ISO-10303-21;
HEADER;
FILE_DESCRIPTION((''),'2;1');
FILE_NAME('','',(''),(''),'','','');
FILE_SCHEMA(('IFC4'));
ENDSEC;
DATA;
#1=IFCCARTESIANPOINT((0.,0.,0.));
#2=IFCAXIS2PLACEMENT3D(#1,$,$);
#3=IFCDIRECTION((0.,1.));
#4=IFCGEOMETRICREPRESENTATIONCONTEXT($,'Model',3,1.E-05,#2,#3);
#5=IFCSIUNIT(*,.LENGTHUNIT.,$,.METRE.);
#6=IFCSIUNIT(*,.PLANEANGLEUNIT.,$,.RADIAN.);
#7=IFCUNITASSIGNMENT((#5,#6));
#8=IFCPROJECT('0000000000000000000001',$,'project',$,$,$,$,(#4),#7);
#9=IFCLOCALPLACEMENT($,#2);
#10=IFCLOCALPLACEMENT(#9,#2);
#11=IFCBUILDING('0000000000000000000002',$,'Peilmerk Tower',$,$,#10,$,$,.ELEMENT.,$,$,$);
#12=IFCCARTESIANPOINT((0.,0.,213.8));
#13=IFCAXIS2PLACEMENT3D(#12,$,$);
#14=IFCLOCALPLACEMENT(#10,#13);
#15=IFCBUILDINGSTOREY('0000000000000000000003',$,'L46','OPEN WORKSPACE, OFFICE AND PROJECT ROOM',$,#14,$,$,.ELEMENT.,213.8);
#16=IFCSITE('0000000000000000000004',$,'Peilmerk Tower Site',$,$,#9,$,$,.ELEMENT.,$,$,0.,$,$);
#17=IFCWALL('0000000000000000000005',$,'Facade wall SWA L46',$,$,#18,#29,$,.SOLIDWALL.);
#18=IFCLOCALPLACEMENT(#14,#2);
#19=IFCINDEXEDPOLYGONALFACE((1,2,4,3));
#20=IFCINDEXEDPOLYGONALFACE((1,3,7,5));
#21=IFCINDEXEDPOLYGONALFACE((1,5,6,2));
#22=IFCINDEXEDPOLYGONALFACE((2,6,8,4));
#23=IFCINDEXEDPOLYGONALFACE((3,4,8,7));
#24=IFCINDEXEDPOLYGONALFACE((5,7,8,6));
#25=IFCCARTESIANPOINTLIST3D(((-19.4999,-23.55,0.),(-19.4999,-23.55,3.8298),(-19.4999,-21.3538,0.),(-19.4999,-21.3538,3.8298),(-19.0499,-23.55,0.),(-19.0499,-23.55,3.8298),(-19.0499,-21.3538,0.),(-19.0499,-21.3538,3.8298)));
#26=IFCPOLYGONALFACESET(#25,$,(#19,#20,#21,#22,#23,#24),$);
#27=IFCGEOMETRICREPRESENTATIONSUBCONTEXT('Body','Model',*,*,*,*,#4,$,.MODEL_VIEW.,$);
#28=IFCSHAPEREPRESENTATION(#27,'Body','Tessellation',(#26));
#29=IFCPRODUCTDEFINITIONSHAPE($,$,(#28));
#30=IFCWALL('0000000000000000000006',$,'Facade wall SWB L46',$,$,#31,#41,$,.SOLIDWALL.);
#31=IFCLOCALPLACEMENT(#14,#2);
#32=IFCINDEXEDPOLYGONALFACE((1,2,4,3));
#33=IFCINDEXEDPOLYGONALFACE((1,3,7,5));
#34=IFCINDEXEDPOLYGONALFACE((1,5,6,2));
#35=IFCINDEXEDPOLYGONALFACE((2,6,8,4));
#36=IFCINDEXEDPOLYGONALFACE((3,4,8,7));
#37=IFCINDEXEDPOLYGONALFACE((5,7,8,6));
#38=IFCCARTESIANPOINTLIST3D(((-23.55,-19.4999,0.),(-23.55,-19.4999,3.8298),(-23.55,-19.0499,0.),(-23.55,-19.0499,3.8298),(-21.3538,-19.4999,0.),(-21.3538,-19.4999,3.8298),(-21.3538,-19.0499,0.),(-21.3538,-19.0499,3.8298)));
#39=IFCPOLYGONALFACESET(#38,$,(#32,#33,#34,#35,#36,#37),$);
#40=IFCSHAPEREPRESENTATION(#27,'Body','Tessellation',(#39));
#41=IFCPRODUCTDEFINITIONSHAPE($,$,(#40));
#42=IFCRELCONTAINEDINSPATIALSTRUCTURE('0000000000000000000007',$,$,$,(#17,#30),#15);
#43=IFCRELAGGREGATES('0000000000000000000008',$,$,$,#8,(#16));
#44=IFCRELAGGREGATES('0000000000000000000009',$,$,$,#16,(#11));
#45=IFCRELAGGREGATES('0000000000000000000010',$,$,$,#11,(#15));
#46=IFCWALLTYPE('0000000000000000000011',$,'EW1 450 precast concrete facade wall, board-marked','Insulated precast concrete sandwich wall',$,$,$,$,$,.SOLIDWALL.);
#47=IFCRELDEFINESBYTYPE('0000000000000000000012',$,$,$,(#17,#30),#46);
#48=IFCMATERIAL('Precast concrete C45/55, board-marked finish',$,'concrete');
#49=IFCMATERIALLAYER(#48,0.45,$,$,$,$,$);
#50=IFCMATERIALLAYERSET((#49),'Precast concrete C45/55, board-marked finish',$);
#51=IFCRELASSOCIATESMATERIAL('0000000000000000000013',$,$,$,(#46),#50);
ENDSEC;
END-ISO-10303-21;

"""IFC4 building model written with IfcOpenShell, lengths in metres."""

from ifc_helpers import new_model, si_unit, direction, frame, frame_2d, origin, place, context, subcontext, project, spatial, rectangle, extrude, material, layer, layer_set, type_object, element, save


model = new_model("IFC4")

# Units and contexts
model_context = context("Model", 3, precision=1e-05, world=origin(), true_north=direction((0.0, 1.0)))
body_context = subcontext(model_context, "Body", "Model", "MODEL_VIEW")
ifc_project = project(units=[si_unit("LENGTHUNIT", "METRE"), si_unit("PLANEANGLEUNIT", "RADIAN")], contexts=[model_context])

# Site, building, storey
site_placement = place(None, origin())
site = spatial("IfcSite", under=ifc_project, at=site_placement, Name="Peilmerk Tower Site", CompositionType="ELEMENT", RefElevation=0.0)
building_placement = place(site_placement, origin())
building = spatial("IfcBuilding", under=site, at=building_placement, Name="Peilmerk Tower", CompositionType="ELEMENT")
storey_placement = place(building_placement, frame((0.0, 0.0, 213.8)))
storey = spatial("IfcBuildingStorey", under=building, at=storey_placement, Name="L46", Description="OPEN WORKSPACE, OFFICE AND PROJECT ROOM", CompositionType="ELEMENT", Elevation=213.8)

# Shared definitions
ifc_material_1 = material(Name="Precast concrete C45/55, board-marked finish", Category="concrete")
ifc_layer_1 = layer(ifc_material_1, 0.45)
ifc_layer_set_1 = layer_set([ifc_layer_1], Name="Precast concrete C45/55, board-marked finish")
wall_type = type_object("IfcWallType", Name="EW1 450 precast concrete facade wall, board-marked", Description="Insulated precast concrete sandwich wall", PredefinedType="SOLIDWALL", material=ifc_layer_set_1)

# Walls
for number, where, z_axis, x_axis, name in (
    (1, (-19.2749, -21.3538, 0.0), (0.0, 0.0, 1.0), (0.0, -1.0, 0.0), "Facade wall SWA L46"),
    (2, (-21.3538, -19.2749, 0.0), (0.0, 0.0, 1.0), (-1.0, 0.0, 0.0), "Facade wall SWB L46"),
):
    element("IfcWall", number, at=place(storey_placement, frame(where, z_axis=z_axis, x_axis=x_axis)), inside=storey, type_object=wall_type, Name=name, PredefinedType="SOLIDWALL", context=body_context, shape_type="SweptSolid", body=[
        extrude(rectangle(XDim=2.1963, YDim=0.45, at=frame_2d((1.0981, 0.0))), origin(), (0.0, 0.0, 1.0), 3.8298),
    ])

save(model, "model.ifc")
